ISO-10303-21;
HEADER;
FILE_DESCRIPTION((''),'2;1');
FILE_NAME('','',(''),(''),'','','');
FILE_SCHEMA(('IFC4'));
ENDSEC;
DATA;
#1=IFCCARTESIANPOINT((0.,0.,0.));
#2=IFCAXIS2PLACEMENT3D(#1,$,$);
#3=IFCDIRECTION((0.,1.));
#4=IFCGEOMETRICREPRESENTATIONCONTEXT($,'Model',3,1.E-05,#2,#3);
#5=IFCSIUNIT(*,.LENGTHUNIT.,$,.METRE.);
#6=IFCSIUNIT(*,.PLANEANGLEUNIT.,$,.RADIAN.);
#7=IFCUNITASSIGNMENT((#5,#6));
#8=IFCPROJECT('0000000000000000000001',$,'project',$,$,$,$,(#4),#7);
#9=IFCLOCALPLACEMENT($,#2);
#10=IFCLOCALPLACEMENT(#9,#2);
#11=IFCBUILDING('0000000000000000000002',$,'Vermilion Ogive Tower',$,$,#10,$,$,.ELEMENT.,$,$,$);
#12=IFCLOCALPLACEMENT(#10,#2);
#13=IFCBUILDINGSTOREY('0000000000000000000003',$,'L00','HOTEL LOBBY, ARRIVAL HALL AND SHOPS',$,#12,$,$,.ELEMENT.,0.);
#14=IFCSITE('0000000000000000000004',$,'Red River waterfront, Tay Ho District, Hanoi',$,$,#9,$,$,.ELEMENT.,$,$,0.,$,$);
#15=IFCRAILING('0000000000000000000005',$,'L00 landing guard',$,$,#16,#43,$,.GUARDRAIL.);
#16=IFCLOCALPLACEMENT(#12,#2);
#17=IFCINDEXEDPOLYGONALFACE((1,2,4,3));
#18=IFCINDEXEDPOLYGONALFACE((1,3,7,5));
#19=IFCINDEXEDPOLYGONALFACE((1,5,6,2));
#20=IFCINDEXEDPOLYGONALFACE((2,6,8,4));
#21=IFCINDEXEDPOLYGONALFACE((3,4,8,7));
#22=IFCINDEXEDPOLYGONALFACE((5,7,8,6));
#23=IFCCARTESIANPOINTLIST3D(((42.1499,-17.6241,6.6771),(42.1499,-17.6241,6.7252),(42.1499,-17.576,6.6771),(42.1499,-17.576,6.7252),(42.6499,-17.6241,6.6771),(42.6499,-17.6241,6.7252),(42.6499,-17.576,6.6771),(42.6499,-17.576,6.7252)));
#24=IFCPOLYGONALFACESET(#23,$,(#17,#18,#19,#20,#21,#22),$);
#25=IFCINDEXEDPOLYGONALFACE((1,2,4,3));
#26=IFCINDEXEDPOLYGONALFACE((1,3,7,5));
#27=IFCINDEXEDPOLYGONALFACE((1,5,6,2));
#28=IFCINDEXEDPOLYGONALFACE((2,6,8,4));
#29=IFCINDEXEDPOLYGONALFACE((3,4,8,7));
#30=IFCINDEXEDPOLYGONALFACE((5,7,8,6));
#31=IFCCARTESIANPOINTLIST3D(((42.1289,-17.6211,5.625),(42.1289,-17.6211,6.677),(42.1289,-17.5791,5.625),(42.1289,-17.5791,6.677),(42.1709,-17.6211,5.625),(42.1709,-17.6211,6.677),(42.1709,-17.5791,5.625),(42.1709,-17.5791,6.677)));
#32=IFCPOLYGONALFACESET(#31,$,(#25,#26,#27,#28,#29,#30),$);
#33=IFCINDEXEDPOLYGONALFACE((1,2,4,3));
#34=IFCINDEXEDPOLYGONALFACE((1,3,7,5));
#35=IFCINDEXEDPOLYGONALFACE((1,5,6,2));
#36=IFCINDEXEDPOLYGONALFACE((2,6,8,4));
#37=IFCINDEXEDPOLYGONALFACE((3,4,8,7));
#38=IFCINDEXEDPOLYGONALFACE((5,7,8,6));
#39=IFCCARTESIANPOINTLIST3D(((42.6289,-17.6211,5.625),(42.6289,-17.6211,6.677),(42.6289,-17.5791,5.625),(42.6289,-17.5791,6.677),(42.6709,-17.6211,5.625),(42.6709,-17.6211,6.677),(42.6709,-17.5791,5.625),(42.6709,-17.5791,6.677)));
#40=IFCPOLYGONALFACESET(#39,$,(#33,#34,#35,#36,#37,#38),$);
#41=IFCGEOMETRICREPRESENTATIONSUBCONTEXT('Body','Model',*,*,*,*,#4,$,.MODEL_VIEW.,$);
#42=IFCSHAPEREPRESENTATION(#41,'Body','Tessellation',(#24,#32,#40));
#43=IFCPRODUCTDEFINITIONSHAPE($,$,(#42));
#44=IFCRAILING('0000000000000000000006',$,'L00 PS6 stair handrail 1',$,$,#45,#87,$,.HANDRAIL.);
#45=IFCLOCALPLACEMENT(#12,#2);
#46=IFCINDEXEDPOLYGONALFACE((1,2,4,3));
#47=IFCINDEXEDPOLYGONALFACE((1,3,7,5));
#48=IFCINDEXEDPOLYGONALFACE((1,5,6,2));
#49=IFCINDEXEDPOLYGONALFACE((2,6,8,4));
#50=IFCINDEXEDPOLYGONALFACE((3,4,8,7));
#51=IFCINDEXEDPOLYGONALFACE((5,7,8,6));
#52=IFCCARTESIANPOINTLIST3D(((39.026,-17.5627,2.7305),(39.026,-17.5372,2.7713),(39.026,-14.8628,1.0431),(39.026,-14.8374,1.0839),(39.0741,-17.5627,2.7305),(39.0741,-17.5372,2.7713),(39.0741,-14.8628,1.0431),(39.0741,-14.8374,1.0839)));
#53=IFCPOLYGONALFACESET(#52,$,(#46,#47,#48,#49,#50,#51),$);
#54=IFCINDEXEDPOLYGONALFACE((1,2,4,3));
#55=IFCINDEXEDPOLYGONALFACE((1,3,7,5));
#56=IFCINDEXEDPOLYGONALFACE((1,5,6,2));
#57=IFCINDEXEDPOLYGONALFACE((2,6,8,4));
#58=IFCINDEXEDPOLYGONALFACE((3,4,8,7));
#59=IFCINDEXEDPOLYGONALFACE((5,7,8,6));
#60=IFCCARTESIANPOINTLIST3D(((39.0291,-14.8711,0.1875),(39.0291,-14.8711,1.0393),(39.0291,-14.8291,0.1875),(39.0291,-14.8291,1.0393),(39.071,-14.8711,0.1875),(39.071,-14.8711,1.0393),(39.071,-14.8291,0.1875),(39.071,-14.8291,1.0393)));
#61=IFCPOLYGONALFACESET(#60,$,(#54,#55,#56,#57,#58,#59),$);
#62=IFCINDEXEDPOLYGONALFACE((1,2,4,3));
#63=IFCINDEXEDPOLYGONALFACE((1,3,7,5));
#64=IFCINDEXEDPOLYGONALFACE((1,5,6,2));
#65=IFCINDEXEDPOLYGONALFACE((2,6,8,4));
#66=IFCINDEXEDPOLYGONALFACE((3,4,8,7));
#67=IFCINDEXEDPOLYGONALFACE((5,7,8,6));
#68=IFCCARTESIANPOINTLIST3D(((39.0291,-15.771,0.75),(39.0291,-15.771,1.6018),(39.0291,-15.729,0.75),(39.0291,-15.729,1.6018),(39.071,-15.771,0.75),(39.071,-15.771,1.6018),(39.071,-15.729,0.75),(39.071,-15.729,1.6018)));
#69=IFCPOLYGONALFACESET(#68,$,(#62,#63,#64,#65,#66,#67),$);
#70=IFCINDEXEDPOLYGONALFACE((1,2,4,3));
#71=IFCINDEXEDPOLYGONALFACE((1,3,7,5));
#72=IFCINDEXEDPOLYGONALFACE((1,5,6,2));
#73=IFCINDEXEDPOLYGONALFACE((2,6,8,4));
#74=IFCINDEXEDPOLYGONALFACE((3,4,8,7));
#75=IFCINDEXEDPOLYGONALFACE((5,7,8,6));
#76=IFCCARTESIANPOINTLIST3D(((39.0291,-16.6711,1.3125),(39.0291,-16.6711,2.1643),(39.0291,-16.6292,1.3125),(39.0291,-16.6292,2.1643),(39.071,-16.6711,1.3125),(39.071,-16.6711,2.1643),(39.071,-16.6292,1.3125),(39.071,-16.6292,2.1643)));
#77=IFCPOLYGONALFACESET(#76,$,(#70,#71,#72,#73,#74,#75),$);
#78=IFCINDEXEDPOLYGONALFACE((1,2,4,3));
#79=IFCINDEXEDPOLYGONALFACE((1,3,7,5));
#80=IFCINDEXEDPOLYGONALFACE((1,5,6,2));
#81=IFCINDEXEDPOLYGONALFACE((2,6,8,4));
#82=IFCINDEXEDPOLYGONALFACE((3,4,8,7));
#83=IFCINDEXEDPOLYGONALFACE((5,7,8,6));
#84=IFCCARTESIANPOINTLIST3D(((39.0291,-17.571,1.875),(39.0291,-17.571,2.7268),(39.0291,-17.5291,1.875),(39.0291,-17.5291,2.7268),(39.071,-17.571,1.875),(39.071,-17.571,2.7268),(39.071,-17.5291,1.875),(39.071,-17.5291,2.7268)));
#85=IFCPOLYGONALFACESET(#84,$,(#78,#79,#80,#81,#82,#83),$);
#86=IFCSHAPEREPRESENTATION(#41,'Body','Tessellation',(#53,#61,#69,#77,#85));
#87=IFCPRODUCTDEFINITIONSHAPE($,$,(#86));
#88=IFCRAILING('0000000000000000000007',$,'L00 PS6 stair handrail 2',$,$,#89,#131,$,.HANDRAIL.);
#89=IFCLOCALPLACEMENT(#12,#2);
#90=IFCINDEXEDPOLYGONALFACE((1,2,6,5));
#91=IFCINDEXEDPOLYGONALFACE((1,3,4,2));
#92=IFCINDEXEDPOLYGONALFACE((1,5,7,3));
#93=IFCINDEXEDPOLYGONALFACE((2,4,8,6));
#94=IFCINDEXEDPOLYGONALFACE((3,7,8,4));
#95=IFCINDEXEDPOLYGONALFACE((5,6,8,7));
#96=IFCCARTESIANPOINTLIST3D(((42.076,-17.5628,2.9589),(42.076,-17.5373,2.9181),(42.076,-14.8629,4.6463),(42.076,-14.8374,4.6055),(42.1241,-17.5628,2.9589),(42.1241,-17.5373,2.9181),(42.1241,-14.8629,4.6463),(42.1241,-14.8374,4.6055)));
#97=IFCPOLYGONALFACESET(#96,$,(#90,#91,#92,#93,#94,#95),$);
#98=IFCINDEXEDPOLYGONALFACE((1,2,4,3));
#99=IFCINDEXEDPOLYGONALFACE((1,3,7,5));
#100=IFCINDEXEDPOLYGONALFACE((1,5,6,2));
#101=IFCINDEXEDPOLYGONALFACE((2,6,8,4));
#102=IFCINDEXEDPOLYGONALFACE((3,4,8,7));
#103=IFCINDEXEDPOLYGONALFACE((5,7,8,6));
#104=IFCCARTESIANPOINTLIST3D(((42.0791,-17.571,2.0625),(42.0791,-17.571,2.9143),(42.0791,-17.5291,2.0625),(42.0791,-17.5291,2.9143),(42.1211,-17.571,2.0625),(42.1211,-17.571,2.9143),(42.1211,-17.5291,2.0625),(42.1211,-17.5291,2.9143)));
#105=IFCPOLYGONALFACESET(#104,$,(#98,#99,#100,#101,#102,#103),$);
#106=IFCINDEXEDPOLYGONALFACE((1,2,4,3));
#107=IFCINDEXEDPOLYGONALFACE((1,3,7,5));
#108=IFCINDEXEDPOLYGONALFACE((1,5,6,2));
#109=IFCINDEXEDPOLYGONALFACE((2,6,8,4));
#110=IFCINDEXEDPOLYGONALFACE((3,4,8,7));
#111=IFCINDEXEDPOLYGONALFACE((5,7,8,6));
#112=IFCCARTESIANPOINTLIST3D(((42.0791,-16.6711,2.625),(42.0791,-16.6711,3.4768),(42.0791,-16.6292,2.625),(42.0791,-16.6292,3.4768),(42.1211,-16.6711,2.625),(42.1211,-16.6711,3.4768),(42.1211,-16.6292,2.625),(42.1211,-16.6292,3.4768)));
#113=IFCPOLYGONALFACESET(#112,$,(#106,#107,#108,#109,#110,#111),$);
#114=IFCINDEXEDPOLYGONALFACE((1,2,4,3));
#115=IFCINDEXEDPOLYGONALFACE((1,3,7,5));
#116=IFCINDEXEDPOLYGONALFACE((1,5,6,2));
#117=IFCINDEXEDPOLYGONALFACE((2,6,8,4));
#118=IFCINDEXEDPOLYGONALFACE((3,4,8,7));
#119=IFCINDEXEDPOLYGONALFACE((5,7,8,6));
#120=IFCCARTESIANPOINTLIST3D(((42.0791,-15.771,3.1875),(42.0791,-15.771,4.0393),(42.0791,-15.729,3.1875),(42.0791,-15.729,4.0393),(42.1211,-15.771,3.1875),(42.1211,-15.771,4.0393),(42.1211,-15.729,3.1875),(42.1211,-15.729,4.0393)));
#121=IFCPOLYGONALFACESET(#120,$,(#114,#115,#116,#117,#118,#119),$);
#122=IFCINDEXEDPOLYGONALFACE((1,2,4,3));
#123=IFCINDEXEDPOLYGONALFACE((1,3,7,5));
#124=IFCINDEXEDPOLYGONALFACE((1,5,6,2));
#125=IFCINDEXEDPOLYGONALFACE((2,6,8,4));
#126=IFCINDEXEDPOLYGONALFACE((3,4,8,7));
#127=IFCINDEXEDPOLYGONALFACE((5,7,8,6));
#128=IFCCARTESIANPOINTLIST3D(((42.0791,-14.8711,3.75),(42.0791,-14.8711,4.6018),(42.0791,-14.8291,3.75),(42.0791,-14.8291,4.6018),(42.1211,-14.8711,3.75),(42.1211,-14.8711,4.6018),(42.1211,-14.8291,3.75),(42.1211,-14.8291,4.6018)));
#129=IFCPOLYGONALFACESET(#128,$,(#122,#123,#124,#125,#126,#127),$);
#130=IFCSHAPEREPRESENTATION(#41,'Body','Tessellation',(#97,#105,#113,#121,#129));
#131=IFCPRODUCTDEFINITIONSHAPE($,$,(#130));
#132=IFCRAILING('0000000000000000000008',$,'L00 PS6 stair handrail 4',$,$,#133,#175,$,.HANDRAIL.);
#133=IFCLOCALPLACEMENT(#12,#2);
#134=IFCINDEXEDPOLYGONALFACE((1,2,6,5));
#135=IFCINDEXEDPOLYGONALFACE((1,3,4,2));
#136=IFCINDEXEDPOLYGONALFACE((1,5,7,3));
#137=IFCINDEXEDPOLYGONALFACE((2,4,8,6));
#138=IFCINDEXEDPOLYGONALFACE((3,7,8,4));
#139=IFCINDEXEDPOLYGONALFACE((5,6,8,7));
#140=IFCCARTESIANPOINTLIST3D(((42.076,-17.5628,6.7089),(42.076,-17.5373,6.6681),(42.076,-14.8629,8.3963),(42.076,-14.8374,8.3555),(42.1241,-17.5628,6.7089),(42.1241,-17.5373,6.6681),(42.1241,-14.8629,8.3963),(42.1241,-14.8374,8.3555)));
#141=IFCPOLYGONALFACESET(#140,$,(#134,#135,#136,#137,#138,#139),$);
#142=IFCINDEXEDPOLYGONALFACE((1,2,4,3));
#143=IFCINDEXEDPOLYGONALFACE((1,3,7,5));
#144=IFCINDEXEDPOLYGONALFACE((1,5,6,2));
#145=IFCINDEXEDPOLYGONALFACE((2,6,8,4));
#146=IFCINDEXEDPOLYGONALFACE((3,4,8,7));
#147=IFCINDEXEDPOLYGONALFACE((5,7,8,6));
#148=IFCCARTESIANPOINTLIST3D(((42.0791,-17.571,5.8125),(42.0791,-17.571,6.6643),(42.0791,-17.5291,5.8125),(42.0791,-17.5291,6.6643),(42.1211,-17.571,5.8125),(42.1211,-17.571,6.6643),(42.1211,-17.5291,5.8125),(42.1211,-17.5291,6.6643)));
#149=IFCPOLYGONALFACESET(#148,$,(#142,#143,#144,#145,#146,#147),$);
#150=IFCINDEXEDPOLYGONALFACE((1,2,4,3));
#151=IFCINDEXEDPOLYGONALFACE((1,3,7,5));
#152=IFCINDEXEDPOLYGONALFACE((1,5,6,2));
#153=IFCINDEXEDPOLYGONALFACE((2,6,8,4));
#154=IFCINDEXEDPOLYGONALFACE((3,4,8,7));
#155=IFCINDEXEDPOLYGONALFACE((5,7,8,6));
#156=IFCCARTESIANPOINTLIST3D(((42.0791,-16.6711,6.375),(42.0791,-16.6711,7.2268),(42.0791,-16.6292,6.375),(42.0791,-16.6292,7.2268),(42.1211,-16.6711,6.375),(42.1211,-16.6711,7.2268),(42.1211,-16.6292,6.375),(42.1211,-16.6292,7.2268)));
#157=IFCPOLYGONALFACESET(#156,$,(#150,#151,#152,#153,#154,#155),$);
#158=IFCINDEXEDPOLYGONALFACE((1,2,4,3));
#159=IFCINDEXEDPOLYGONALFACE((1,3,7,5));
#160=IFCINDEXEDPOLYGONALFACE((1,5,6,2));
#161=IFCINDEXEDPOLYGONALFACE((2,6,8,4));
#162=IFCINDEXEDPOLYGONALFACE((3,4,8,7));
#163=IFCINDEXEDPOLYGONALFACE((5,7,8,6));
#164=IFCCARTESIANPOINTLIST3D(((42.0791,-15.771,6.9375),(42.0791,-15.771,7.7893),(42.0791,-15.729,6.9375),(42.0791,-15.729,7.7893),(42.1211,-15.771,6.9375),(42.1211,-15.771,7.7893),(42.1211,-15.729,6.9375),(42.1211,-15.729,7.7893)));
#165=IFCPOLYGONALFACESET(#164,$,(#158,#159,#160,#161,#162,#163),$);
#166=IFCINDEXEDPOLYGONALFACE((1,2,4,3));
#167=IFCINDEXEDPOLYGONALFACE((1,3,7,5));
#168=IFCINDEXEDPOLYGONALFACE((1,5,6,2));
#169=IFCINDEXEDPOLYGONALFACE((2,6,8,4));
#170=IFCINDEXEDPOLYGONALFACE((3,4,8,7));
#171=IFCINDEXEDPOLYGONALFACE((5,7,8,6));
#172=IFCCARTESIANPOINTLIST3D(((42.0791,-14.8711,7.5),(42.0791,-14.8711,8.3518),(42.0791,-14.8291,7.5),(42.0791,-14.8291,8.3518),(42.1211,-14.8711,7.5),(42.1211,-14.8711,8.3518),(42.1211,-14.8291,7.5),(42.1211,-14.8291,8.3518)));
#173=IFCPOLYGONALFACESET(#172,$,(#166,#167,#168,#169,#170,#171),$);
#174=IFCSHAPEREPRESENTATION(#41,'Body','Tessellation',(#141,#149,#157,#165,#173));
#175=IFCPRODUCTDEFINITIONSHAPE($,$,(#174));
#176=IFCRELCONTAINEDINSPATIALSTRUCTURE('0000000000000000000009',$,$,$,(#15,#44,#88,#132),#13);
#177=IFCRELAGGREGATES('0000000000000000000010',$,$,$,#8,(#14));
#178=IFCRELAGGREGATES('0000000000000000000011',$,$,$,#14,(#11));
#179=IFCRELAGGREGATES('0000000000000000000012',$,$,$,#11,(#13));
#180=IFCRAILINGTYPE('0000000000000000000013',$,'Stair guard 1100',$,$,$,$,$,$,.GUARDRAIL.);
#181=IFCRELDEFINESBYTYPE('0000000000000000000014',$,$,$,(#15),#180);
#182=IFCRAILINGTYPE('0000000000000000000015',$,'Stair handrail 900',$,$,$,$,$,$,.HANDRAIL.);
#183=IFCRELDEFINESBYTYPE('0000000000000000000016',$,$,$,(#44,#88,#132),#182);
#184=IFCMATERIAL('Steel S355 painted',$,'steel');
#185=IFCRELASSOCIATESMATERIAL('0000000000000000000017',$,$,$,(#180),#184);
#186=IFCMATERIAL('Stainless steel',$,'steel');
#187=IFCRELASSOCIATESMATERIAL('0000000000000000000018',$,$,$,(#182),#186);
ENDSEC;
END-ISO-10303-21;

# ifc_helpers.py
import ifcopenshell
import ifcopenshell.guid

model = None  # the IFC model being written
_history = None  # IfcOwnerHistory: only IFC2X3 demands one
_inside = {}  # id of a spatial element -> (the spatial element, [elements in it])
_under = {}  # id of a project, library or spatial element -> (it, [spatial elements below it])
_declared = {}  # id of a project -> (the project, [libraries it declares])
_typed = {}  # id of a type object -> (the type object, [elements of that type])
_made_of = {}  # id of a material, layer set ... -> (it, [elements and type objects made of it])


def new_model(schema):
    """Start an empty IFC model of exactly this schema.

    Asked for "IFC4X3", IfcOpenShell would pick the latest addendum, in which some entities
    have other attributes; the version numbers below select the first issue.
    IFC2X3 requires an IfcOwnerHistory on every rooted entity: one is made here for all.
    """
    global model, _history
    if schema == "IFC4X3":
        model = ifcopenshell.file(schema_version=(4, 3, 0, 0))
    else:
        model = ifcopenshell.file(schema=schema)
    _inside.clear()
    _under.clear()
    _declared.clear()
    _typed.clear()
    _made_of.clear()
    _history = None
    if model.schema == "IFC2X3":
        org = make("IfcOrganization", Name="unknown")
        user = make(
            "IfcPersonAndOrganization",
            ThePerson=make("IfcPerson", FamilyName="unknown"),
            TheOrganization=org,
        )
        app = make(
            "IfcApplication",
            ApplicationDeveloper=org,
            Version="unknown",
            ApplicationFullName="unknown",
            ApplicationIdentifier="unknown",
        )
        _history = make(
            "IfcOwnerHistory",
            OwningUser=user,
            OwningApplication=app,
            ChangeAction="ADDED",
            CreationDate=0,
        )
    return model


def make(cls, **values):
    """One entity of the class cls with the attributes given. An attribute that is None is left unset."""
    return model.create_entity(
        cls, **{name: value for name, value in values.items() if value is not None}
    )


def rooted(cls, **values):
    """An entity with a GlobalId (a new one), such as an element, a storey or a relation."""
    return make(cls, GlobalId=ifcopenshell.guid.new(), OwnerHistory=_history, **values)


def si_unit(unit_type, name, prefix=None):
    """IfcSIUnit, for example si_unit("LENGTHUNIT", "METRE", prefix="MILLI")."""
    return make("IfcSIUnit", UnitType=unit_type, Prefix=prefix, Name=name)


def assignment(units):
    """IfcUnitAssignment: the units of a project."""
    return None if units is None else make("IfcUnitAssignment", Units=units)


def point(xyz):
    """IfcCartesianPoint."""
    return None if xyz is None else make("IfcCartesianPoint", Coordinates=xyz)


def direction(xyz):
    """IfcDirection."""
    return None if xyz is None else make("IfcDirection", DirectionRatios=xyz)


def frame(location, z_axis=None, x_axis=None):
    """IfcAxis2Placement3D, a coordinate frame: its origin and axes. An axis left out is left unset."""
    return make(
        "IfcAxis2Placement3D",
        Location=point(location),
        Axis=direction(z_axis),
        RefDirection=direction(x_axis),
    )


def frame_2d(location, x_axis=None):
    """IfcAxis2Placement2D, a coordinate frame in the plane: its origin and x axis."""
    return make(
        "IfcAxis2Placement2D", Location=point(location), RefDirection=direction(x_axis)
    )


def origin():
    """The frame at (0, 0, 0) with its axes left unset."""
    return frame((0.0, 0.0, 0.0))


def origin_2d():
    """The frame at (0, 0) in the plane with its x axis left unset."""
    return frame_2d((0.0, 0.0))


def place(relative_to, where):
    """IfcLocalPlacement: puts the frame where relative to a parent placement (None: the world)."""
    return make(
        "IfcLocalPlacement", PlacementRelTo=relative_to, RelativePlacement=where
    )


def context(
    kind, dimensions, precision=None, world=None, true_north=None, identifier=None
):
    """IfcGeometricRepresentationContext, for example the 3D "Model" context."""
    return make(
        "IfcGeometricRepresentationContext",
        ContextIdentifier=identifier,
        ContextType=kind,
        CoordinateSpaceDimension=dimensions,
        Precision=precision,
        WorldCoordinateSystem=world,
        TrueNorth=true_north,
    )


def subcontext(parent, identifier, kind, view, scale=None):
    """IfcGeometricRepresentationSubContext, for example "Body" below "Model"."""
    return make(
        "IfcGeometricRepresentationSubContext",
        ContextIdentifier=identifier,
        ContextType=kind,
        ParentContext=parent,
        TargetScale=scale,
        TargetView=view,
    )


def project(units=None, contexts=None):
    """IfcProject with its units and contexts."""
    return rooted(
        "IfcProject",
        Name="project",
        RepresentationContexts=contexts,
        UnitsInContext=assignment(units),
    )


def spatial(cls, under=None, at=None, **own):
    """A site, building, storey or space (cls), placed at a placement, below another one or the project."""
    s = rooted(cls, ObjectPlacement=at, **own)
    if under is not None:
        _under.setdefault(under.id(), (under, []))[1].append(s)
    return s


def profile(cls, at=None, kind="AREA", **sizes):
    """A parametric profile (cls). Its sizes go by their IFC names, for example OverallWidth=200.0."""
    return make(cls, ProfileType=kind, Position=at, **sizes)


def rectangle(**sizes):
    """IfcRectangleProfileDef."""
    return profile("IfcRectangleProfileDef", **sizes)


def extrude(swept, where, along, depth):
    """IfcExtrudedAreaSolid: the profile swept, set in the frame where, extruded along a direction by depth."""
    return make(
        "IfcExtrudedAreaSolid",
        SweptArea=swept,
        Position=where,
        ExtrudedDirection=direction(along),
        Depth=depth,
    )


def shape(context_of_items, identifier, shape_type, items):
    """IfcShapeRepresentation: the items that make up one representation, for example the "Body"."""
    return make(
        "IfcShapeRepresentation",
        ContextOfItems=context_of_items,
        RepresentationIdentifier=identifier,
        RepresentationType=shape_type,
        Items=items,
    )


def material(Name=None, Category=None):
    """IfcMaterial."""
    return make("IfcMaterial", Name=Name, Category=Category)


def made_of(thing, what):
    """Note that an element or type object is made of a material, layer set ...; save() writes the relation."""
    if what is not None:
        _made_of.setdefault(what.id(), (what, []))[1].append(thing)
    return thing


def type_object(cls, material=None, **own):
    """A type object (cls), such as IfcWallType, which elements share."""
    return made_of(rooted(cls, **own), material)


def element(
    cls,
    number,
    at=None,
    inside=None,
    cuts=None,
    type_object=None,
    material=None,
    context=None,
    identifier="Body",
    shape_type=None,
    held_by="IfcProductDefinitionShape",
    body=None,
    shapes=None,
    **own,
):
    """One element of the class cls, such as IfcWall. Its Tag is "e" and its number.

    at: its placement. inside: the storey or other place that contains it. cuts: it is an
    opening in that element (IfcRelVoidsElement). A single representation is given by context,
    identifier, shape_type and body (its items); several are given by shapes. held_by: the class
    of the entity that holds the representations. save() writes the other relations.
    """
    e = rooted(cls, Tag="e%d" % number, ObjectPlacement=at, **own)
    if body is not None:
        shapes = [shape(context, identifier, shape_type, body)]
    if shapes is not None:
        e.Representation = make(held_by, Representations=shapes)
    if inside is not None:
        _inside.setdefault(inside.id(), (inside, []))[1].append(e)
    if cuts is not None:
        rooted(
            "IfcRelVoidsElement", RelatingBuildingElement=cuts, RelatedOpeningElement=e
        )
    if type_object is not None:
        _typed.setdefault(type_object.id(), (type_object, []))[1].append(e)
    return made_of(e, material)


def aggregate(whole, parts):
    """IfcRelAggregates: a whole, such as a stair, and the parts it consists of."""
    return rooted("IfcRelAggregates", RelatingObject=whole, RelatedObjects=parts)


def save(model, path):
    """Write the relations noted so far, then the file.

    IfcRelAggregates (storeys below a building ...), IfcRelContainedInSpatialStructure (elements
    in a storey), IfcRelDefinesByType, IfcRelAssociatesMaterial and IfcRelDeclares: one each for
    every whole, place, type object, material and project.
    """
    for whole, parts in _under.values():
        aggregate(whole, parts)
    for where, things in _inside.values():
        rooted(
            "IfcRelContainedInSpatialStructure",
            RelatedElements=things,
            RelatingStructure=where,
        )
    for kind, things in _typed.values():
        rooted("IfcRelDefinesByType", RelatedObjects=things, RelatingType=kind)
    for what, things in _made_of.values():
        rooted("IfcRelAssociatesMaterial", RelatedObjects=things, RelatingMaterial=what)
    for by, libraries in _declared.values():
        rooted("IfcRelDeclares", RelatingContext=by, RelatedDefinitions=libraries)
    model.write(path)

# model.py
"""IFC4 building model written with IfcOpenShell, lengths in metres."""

from ifc_helpers import new_model, si_unit, direction, frame, origin, origin_2d, place, context, subcontext, project, spatial, rectangle, extrude, material, type_object, element, save


model = new_model("IFC4")

# Units and contexts
model_context = context("Model", 3, precision=1e-05, world=origin(), true_north=direction((0.0, 1.0)))
body_context = subcontext(model_context, "Body", "Model", "MODEL_VIEW")
ifc_project = project(units=[si_unit("LENGTHUNIT", "METRE"), si_unit("PLANEANGLEUNIT", "RADIAN")], contexts=[model_context])

# Site, building, storey
site_placement = place(None, origin())
site = spatial("IfcSite", under=ifc_project, at=site_placement, Name="Red River waterfront, Tay Ho District, Hanoi", CompositionType="ELEMENT", RefElevation=0.0)
building_placement = place(site_placement, origin())
building = spatial("IfcBuilding", under=site, at=building_placement, Name="Vermilion Ogive Tower", CompositionType="ELEMENT")
storey_placement = place(building_placement, origin())
storey = spatial("IfcBuildingStorey", under=building, at=storey_placement, Name="L00", Description="HOTEL LOBBY, ARRIVAL HALL AND SHOPS", CompositionType="ELEMENT", Elevation=0.0)

# Railings
ifc_material_1 = material(Name="Steel S355 painted", Category="steel")
railing_type_1 = type_object("IfcRailingType", Name="Stair guard 1100", PredefinedType="GUARDRAIL", material=ifc_material_1)
railing_1_placement = place(storey_placement, frame((42.1499, -17.6001, 5.625)))
element("IfcRailing", 1, at=railing_1_placement, inside=storey, type_object=railing_type_1, Name="L00 landing guard", PredefinedType="GUARDRAIL", context=body_context, shape_type="SweptSolid", body=[
    extrude(rectangle(XDim=0.0481, YDim=0.0481, at=origin_2d()), frame((0.0, 0.0, 1.0762), z_axis=(1.0, 0.0, 0.0), x_axis=(0.0, 1.0, 0.0)), (0.0, 0.0, 1.0), 0.5),
    extrude(rectangle(XDim=0.042, YDim=0.042, at=origin_2d()), origin(), (0.0, 0.0, 1.0), 1.052),
    extrude(rectangle(XDim=0.042, YDim=0.042, at=origin_2d()), frame((0.5, 0.0, 0.0)), (0.0, 0.0, 1.0), 1.052),
])
ifc_material_2 = material(Name="Stainless steel", Category="steel")
railing_type_2 = type_object("IfcRailingType", Name="Stair handrail 900", PredefinedType="HANDRAIL", material=ifc_material_2)
railing_2_placement = place(storey_placement, frame((39.05, -14.8501, 0.1875)))
element("IfcRailing", 2, at=railing_2_placement, inside=storey, type_object=railing_type_2, Name="L00 PS6 stair handrail 1", PredefinedType="HANDRAIL", context=body_context, shape_type="SweptSolid", body=[
    extrude(rectangle(XDim=0.0481, YDim=0.0481, at=origin_2d()), frame((0.0, 0.0, 0.876), z_axis=(0.0, -0.847994, 0.530006), x_axis=(1.0, 0.0, 0.0)), (0.0, 0.0, 1.0), 3.1838),
    extrude(rectangle(XDim=0.042, YDim=0.042, at=origin_2d()), origin(), (0.0, 0.0, 1.0), 0.8518),
    extrude(rectangle(XDim=0.042, YDim=0.042, at=origin_2d()), frame((0.0, -0.8999, 0.5625)), (0.0, 0.0, 1.0), 0.8518),
    extrude(rectangle(XDim=0.042, YDim=0.042, at=origin_2d()), frame((0.0, -1.8, 1.125)), (0.0, 0.0, 1.0), 0.8518),
    extrude(rectangle(XDim=0.042, YDim=0.042, at=origin_2d()), frame((0.0, -2.7, 1.6875)), (0.0, 0.0, 1.0), 0.8518),
])
for number, where, name in (
    (3, (42.1001, -17.55, 2.0625), "L00 PS6 stair handrail 2"),
    (4, (42.1001, -17.55, 5.8125), "L00 PS6 stair handrail 4"),
):
    element("IfcRailing", number, at=place(storey_placement, frame(where)), inside=storey, type_object=railing_type_2, Name=name, PredefinedType="HANDRAIL", context=body_context, shape_type="SweptSolid", body=[
        extrude(rectangle(XDim=0.0481, YDim=0.0481, at=origin_2d()), frame((0.0, 0.0, 0.876), z_axis=(0.0, 0.847994, 0.530006), x_axis=(-1.0, 0.0, 0.0)), (0.0, 0.0, 1.0), 3.1838),
        extrude(rectangle(XDim=0.042, YDim=0.042, at=origin_2d()), origin(), (0.0, 0.0, 1.0), 0.8518),
        extrude(rectangle(XDim=0.042, YDim=0.042, at=origin_2d()), frame((0.0, 0.8999, 0.5625)), (0.0, 0.0, 1.0), 0.8518),
        extrude(rectangle(XDim=0.042, YDim=0.042, at=origin_2d()), frame((0.0, 1.8, 1.125)), (0.0, 0.0, 1.0), 0.8518),
        extrude(rectangle(XDim=0.042, YDim=0.042, at=origin_2d()), frame((0.0, 2.7, 1.6875)), (0.0, 0.0, 1.0), 0.8518),
    ])

save(model, "model.ifc")
